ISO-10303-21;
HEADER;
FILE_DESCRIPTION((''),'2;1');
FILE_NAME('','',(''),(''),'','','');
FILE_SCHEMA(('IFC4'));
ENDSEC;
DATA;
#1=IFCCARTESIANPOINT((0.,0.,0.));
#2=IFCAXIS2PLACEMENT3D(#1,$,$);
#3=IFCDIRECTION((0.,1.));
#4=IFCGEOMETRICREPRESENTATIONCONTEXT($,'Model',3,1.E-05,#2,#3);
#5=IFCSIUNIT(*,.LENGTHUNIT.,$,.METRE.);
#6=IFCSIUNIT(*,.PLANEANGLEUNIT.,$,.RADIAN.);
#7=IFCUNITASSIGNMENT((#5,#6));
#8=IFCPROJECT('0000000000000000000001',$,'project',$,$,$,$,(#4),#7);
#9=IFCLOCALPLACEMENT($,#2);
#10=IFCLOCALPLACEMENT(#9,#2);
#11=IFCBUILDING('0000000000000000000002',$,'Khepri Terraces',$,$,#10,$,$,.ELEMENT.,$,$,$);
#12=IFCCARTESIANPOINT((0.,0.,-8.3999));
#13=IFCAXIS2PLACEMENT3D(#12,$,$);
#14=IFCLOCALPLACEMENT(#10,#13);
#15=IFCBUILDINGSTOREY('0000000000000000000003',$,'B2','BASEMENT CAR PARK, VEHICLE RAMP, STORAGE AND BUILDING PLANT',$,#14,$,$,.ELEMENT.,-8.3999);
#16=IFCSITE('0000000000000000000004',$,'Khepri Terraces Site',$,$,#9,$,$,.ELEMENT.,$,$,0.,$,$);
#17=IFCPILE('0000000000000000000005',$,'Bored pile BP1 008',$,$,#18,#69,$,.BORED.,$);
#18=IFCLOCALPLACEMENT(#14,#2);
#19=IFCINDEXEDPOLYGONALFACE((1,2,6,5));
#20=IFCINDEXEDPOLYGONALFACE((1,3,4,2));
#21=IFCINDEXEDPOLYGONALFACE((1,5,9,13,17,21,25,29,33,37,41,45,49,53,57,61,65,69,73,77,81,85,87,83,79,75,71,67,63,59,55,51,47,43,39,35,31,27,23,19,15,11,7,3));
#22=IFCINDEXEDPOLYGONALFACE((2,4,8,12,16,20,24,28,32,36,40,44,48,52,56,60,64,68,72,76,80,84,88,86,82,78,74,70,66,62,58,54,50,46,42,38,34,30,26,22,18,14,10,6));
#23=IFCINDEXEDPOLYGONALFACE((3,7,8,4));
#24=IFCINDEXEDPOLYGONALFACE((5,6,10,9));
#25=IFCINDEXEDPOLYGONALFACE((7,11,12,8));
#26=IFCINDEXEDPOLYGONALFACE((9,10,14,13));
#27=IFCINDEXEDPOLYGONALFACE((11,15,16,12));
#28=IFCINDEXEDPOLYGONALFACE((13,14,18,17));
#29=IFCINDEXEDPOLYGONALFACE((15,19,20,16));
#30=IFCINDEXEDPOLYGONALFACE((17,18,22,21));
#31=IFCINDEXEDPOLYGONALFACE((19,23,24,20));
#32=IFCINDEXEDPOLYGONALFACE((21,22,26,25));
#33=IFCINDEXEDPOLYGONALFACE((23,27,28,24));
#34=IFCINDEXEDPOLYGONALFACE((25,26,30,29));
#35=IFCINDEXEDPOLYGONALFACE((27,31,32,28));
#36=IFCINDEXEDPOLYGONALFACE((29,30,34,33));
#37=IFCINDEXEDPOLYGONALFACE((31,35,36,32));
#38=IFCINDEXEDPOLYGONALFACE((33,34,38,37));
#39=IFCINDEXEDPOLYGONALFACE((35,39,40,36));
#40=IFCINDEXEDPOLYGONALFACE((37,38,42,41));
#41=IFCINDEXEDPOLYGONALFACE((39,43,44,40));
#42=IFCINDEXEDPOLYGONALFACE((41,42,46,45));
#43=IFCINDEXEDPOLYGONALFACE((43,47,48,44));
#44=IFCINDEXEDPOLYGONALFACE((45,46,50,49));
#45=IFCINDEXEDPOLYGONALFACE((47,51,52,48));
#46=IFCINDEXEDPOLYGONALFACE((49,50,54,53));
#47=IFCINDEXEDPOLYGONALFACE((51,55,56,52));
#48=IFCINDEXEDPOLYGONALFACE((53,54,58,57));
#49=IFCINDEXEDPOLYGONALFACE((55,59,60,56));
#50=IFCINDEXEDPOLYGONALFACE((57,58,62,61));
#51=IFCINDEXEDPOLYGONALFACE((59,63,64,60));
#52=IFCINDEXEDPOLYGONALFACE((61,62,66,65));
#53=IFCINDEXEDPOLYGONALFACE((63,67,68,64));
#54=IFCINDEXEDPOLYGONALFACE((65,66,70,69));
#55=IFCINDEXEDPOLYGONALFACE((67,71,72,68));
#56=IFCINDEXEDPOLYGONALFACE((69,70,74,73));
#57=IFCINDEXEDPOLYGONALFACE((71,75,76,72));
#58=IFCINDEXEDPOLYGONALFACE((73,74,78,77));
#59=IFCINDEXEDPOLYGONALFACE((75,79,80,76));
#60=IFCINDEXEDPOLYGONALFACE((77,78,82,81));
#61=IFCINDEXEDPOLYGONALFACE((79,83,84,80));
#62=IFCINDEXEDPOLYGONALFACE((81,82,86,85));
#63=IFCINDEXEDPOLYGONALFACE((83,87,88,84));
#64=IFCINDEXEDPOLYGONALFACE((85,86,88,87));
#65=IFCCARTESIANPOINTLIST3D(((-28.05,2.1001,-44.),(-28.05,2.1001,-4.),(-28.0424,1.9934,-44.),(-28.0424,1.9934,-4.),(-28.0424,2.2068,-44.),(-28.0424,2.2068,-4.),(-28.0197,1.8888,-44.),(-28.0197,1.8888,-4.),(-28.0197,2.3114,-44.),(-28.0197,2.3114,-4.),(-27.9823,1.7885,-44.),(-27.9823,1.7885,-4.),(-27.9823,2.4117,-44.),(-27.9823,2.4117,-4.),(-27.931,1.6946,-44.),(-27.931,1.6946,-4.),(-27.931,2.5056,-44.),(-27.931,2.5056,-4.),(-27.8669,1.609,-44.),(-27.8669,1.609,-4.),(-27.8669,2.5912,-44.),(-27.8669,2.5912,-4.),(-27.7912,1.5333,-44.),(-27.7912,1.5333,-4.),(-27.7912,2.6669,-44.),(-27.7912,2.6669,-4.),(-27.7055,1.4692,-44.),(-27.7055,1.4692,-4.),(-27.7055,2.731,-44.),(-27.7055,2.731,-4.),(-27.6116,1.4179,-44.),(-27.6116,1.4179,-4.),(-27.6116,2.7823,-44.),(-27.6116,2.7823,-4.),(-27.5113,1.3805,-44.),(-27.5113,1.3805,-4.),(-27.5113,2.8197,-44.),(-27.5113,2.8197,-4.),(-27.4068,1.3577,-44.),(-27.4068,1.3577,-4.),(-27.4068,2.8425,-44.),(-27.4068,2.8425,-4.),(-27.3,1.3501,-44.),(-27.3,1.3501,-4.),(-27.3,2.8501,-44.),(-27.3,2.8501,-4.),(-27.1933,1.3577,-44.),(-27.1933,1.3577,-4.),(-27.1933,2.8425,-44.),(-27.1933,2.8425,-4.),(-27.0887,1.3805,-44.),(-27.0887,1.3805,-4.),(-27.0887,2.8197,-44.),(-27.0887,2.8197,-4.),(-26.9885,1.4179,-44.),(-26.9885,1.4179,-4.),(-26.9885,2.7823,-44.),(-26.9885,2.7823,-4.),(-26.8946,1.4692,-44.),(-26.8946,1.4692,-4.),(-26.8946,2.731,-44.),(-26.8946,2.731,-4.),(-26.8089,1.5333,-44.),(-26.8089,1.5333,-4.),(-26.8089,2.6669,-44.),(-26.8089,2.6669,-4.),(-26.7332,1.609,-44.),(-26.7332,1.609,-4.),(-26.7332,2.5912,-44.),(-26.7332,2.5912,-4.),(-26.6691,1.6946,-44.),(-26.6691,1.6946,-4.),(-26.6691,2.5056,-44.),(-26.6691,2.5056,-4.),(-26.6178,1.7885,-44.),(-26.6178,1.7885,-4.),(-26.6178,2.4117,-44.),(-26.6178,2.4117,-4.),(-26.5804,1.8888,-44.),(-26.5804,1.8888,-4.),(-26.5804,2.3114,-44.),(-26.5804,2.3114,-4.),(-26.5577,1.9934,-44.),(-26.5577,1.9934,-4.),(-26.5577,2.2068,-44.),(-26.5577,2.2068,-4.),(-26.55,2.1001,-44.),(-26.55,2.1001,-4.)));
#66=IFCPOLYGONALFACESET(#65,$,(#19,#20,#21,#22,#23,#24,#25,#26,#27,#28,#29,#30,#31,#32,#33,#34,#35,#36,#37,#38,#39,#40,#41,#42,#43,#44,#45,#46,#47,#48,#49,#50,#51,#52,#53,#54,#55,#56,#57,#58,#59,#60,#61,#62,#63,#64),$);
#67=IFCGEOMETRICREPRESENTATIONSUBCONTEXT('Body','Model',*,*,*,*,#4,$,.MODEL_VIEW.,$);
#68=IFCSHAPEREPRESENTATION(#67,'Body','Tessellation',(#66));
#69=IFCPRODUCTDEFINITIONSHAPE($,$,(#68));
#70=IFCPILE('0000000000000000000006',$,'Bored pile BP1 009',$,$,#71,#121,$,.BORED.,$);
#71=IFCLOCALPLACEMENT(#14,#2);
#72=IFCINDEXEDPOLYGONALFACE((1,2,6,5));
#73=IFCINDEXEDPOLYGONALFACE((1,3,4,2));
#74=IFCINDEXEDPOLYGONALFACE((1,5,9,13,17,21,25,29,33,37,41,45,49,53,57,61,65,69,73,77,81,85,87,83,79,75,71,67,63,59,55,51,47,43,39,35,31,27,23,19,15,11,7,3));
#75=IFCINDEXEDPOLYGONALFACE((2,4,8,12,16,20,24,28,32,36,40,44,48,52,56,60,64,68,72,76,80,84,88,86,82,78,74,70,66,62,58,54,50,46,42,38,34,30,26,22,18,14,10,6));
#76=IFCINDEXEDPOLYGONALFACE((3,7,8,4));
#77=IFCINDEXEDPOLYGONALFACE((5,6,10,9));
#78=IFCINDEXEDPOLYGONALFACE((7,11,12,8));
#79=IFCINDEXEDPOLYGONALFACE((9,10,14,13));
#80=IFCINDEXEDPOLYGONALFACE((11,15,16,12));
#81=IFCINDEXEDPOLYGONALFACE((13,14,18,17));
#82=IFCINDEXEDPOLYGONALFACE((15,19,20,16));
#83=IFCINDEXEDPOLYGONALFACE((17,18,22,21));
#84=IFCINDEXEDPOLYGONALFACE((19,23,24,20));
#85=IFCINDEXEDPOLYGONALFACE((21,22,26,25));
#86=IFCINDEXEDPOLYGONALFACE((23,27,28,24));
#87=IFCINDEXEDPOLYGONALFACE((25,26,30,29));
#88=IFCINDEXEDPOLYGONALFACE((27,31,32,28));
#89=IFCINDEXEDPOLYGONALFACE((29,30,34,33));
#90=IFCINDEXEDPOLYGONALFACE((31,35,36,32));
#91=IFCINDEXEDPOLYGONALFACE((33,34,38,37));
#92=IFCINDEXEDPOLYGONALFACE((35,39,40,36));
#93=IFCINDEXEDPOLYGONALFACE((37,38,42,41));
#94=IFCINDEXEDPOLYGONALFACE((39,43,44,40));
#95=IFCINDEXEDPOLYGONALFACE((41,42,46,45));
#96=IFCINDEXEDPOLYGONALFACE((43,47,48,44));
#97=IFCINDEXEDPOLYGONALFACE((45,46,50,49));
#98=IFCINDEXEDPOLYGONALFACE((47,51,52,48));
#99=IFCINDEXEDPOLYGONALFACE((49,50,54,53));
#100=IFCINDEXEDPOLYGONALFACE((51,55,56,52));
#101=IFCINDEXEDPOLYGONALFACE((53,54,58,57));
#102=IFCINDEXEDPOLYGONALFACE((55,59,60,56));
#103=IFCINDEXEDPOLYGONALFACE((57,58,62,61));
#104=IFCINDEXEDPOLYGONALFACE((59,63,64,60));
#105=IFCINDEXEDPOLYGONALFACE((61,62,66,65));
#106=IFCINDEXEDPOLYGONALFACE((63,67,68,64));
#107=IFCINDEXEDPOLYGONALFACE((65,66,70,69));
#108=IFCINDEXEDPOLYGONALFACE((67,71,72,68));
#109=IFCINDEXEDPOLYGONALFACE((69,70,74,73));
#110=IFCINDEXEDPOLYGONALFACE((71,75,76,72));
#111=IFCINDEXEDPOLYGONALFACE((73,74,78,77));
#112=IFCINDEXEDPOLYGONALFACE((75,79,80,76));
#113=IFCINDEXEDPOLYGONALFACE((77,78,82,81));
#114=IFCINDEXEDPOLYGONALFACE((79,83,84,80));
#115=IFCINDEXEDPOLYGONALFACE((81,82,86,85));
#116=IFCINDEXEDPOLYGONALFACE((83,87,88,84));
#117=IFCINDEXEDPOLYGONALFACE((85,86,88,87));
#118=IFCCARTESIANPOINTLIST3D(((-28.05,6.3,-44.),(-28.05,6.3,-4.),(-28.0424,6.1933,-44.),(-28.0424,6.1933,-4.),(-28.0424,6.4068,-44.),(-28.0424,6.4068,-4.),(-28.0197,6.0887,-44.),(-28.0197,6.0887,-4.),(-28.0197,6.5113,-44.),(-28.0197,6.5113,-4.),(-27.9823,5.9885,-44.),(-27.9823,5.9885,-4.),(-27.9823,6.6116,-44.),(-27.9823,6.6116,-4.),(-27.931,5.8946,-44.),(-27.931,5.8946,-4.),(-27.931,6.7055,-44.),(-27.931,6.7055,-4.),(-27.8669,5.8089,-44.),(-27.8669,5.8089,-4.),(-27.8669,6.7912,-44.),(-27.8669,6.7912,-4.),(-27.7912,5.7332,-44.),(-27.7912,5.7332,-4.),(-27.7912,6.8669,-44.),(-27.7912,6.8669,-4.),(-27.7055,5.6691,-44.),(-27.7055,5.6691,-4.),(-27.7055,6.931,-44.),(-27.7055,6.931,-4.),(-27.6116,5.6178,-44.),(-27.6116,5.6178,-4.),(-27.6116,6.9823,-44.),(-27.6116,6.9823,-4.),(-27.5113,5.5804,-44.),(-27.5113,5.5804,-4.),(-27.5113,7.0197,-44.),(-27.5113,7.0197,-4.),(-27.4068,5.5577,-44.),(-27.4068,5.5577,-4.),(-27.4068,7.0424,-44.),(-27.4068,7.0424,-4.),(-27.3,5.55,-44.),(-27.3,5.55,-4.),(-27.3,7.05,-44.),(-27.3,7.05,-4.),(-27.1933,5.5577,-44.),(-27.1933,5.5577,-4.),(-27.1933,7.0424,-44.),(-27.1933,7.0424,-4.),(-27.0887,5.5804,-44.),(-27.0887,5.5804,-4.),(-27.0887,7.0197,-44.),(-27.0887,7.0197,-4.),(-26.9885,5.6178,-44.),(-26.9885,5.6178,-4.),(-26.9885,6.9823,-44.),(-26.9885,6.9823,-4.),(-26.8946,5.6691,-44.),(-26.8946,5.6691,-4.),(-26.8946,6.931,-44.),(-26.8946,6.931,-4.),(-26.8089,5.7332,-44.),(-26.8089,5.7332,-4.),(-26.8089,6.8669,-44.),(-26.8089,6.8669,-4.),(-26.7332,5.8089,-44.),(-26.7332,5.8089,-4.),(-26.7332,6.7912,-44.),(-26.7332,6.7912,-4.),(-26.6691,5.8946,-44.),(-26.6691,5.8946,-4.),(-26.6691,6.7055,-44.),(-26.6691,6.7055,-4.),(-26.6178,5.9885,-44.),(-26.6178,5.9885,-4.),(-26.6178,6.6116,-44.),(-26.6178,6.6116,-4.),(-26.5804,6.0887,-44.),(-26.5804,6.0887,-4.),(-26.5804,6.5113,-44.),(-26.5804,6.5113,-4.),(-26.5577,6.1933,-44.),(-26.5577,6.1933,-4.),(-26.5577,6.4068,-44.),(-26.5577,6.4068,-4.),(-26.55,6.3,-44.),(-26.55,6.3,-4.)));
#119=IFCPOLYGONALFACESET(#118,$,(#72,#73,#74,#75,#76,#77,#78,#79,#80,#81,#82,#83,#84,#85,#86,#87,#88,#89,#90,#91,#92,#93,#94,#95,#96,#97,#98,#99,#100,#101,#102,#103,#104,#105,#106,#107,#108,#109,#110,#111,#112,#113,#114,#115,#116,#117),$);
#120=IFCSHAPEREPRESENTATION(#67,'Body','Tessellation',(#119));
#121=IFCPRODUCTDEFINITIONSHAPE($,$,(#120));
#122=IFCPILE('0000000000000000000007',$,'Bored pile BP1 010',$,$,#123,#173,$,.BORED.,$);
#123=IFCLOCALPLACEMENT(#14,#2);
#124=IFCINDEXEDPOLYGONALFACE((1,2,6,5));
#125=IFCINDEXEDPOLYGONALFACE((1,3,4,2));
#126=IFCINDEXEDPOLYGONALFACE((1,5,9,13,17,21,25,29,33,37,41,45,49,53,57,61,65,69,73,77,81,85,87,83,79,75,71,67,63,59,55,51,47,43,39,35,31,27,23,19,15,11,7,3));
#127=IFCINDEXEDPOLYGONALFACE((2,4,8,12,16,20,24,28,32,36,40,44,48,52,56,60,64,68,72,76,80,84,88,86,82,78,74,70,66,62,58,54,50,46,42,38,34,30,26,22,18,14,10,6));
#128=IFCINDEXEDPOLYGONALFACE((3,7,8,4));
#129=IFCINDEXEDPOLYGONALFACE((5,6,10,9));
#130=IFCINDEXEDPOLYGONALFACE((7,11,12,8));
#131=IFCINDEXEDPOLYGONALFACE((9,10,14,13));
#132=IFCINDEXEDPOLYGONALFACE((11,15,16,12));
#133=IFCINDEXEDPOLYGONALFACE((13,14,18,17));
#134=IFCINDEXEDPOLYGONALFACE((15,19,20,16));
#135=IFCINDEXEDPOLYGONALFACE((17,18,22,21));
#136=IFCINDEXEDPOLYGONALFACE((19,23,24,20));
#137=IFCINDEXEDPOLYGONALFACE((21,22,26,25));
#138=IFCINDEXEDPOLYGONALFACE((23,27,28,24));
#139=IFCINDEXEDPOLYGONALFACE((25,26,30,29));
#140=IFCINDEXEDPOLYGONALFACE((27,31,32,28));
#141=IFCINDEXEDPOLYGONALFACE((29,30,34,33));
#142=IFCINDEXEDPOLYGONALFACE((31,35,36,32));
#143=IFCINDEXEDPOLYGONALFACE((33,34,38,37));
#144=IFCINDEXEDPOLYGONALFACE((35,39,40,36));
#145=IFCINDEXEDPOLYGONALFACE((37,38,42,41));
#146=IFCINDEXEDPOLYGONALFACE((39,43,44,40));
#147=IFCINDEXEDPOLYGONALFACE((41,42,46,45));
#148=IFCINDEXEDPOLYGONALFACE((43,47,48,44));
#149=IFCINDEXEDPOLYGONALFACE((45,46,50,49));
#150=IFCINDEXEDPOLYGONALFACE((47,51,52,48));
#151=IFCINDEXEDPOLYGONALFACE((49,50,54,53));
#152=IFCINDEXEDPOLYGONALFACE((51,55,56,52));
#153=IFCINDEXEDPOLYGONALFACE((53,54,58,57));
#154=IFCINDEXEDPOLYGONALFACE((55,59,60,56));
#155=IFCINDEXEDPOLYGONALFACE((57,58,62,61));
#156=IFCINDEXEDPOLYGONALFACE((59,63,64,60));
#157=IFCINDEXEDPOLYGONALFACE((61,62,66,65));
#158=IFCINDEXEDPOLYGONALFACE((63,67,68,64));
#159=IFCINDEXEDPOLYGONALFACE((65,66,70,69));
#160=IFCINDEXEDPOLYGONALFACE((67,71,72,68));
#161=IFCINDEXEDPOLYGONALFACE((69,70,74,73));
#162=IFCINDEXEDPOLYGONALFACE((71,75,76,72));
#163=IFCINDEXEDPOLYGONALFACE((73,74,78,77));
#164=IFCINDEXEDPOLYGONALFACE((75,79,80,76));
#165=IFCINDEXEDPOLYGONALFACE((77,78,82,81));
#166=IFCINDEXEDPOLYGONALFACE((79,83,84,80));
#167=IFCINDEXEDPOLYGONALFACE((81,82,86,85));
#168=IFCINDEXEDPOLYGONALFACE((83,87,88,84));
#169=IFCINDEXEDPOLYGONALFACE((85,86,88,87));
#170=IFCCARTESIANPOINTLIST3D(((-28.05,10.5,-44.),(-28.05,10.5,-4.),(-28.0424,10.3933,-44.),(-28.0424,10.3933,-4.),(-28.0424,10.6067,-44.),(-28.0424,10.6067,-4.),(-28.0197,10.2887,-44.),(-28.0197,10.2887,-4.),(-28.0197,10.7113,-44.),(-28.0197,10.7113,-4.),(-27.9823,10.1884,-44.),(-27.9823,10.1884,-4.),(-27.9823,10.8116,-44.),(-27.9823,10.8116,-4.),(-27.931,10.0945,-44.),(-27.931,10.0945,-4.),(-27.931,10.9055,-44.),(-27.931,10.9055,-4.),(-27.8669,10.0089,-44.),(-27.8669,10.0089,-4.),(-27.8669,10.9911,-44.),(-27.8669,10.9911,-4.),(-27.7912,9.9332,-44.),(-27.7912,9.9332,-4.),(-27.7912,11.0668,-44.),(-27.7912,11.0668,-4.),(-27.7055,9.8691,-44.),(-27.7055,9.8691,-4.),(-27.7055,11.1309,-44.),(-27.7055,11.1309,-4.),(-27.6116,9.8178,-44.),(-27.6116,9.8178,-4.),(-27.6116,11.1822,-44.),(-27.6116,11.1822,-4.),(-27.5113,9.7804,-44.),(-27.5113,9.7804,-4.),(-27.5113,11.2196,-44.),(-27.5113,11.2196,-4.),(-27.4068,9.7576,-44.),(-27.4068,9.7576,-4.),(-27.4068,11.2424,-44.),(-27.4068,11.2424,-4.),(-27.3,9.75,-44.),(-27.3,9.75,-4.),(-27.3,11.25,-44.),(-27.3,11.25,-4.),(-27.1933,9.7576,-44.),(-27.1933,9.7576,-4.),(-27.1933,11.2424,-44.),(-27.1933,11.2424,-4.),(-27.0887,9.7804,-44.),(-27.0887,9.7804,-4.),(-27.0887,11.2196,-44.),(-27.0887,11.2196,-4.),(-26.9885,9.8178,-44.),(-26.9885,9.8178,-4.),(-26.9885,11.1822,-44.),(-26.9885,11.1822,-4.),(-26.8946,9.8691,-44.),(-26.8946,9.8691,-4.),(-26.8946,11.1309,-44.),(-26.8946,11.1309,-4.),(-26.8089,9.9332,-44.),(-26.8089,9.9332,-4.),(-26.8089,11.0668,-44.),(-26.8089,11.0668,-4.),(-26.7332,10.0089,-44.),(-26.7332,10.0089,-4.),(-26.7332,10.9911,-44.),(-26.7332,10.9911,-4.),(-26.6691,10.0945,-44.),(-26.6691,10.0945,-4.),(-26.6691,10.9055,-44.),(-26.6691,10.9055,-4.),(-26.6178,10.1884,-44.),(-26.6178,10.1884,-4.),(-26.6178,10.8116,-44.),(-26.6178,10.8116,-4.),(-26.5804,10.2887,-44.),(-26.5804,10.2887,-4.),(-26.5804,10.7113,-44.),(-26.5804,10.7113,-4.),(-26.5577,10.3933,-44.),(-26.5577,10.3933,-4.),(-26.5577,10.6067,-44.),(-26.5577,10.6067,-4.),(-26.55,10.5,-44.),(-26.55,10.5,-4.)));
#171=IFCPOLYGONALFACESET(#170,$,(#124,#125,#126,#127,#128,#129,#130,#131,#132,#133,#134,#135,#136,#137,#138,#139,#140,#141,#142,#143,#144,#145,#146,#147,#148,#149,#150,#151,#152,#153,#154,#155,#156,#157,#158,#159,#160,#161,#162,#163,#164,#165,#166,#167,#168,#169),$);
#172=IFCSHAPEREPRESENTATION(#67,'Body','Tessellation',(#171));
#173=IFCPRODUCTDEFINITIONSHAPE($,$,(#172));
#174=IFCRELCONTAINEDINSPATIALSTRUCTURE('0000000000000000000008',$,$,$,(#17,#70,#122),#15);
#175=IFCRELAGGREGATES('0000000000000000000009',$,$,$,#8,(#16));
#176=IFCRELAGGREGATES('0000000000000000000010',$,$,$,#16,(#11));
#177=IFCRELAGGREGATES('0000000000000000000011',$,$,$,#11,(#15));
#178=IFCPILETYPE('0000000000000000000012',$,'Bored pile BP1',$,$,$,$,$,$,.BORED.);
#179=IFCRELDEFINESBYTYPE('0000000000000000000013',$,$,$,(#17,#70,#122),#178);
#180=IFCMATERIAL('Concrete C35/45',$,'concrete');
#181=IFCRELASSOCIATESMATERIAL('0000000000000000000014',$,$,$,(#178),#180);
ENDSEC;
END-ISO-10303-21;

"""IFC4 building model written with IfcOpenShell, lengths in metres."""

from ifc_helpers import new_model, si_unit, direction, frame, origin, origin_2d, place, context, subcontext, project, spatial, circle, extrude, material, material_profile, profile_set, type_object, element, save


model = new_model("IFC4")

# Units and contexts
model_context = context("Model", 3, precision=1e-05, world=origin(), true_north=direction((0.0, 1.0)))
body_context = subcontext(model_context, "Body", "Model", "MODEL_VIEW")
ifc_project = project(units=[si_unit("LENGTHUNIT", "METRE"), si_unit("PLANEANGLEUNIT", "RADIAN")], contexts=[model_context])

# Site, building, storey
site_placement = place(None, origin())
site = spatial("IfcSite", under=ifc_project, at=site_placement, Name="Khepri Terraces Site", CompositionType="ELEMENT", RefElevation=0.0)
building_placement = place(site_placement, origin())
building = spatial("IfcBuilding", under=site, at=building_placement, Name="Khepri Terraces", CompositionType="ELEMENT")
storey_placement = place(building_placement, frame((0.0, 0.0, -8.3999)))
storey = spatial("IfcBuildingStorey", under=building, at=storey_placement, Name="B2", Description="BASEMENT CAR PARK, VEHICLE RAMP, STORAGE AND BUILDING PLANT", CompositionType="ELEMENT", Elevation=-8.3999)

# Piles
ifc_material_1 = material(Name="Concrete C35/45", Category="concrete")
ifc_material_profile_1 = material_profile(ifc_material_1, circle(Radius=0.75, at=origin_2d()), Name="Concrete C35/45", Category="concrete")
ifc_profile_set_1 = profile_set([ifc_material_profile_1], Name="Concrete C35/45")
pile_type = type_object("IfcPileType", Name="Bored pile BP1", PredefinedType="BORED", material=ifc_profile_set_1)
for number, where, z_axis, x_axis, name in (
    (1, (-27.3, 2.1001, -4.0), (0.0, 0.0, -1.0), (1.0, 0.0, 0.0), "Bored pile BP1 008"),
    (2, (-27.3, 6.3, -4.0), (0.0, 0.0, -1.0), (1.0, 0.0, 0.0), "Bored pile BP1 009"),
    (3, (-27.3, 10.5, -4.0), (0.0, 0.0, -1.0), (1.0, 0.0, 0.0), "Bored pile BP1 010"),
):
    element("IfcPile", number, at=place(storey_placement, frame(where, z_axis=z_axis, x_axis=x_axis)), inside=storey, type_object=pile_type, Name=name, PredefinedType="BORED", context=body_context, shape_type="SweptSolid", body=[
        extrude(circle(Radius=0.75, at=origin_2d()), origin(), (0.0, 0.0, 1.0), 40.0),
    ])

save(model, "model.ifc")
